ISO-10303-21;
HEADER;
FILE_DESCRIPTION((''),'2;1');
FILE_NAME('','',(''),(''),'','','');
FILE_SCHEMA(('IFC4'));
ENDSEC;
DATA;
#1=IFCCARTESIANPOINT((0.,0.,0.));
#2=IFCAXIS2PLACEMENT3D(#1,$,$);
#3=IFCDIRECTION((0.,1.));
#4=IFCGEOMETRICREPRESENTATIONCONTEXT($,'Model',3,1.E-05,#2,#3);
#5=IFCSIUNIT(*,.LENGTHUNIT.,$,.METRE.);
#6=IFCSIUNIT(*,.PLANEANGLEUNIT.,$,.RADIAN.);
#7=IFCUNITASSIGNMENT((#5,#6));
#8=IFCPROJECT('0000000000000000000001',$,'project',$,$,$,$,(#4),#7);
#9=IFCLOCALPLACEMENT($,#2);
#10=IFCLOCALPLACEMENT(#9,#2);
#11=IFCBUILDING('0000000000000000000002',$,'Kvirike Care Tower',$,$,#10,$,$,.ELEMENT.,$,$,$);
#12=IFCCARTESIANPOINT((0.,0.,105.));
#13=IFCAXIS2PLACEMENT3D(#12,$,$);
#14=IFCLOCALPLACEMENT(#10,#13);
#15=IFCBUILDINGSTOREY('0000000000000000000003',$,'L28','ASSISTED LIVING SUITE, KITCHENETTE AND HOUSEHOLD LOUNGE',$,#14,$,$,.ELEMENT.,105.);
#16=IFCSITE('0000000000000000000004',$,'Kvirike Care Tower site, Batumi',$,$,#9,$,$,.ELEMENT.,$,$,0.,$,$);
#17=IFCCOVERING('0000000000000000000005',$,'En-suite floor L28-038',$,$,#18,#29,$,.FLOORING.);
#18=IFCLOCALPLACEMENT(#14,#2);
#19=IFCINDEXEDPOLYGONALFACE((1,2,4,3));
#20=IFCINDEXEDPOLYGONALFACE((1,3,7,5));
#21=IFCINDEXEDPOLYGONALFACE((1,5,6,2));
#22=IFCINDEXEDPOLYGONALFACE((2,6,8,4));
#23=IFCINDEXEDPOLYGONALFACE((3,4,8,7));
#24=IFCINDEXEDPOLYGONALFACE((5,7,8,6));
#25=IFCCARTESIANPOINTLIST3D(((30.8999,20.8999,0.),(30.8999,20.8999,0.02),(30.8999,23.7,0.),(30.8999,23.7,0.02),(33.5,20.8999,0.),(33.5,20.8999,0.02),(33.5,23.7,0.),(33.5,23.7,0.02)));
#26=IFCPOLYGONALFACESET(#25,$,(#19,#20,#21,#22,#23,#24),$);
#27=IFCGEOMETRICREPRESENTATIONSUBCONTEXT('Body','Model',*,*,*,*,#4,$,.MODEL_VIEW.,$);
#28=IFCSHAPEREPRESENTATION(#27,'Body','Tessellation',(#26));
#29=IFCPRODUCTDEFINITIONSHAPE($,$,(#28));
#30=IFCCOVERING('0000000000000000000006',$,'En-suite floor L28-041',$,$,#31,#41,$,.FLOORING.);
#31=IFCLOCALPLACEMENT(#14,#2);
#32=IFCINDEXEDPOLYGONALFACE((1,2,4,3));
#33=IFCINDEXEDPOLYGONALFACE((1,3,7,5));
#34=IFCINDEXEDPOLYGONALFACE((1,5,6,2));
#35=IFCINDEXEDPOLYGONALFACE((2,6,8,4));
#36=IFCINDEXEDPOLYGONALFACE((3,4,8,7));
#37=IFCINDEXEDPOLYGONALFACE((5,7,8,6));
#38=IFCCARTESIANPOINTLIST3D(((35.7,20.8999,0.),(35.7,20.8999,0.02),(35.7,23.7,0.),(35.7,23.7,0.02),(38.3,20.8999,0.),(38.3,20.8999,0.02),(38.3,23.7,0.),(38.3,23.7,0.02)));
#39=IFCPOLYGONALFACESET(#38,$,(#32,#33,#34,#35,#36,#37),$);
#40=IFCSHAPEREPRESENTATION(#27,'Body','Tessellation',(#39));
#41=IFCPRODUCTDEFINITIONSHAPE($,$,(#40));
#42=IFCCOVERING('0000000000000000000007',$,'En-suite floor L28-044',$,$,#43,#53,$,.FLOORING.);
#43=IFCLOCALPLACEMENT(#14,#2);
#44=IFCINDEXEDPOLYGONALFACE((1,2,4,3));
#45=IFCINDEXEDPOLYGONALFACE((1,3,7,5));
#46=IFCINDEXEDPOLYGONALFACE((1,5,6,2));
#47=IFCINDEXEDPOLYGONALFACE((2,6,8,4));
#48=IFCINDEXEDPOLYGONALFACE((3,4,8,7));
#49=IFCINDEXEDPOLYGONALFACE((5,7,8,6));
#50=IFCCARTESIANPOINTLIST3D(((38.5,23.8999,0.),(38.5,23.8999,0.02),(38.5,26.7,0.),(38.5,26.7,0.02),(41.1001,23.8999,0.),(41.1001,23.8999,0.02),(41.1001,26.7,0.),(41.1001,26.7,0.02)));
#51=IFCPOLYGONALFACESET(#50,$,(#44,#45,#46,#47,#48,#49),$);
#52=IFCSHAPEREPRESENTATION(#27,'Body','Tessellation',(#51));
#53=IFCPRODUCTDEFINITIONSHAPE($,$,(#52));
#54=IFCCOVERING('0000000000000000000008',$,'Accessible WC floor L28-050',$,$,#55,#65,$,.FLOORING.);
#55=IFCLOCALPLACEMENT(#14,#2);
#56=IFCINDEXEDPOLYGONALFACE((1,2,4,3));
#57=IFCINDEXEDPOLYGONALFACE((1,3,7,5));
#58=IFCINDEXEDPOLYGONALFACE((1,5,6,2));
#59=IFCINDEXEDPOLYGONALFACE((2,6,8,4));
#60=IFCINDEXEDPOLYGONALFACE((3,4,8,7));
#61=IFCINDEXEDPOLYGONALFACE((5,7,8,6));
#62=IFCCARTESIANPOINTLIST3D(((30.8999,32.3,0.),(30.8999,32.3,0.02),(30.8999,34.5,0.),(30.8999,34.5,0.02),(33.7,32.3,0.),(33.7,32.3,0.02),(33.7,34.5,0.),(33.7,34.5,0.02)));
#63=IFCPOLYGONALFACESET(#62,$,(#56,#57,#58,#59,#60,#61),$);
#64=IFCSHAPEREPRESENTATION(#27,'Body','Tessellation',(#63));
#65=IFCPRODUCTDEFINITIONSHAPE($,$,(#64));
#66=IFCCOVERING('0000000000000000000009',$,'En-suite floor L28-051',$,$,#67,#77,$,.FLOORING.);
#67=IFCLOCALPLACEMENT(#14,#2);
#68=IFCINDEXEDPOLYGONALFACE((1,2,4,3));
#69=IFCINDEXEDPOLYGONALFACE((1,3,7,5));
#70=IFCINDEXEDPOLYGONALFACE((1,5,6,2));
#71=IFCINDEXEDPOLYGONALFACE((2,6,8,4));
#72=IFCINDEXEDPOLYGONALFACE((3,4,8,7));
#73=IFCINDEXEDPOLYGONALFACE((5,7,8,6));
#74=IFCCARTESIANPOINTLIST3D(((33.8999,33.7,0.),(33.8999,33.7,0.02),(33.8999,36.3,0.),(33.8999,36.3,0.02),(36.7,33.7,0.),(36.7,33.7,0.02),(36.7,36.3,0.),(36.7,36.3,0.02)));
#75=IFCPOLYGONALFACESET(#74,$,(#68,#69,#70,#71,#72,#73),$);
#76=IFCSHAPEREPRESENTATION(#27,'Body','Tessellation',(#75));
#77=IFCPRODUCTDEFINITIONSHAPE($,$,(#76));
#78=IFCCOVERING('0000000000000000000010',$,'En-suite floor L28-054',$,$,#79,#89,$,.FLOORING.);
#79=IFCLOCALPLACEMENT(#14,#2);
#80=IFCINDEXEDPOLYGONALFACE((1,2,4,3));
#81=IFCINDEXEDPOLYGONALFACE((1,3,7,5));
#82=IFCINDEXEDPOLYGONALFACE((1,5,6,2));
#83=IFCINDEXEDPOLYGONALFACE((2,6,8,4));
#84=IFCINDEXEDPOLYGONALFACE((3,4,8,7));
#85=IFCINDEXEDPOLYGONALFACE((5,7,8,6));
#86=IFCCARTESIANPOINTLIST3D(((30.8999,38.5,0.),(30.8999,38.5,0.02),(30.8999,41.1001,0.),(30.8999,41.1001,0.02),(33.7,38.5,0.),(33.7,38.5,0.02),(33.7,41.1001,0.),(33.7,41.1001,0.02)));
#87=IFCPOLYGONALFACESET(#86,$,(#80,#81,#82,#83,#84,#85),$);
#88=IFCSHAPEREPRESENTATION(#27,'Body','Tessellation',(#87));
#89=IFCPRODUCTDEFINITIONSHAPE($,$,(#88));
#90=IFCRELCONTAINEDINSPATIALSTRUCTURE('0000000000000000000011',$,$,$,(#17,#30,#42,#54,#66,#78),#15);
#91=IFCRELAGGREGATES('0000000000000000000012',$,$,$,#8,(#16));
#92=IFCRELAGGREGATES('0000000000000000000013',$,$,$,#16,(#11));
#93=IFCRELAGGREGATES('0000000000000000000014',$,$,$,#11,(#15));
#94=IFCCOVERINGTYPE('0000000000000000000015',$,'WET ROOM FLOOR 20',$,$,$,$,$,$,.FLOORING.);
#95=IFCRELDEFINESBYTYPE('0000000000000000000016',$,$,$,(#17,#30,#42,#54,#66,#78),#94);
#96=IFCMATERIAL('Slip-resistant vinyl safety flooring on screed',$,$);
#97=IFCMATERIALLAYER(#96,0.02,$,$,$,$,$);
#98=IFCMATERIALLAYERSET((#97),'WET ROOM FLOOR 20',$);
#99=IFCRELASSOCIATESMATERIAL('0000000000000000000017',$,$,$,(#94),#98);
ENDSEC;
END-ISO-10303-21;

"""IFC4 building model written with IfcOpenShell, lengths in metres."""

from ifc_helpers import new_model, si_unit, direction, frame, origin, place, context, subcontext, project, spatial, polyline, outline, extrude, material, layer, layer_set, type_object, element, save


model = new_model("IFC4")

# Units and contexts
model_context = context("Model", 3, precision=1e-05, world=origin(), true_north=direction((0.0, 1.0)))
body_context = subcontext(model_context, "Body", "Model", "MODEL_VIEW")
ifc_project = project(units=[si_unit("LENGTHUNIT", "METRE"), si_unit("PLANEANGLEUNIT", "RADIAN")], contexts=[model_context])

# Site, building, storey
site_placement = place(None, origin())
site = spatial("IfcSite", under=ifc_project, at=site_placement, Name="Kvirike Care Tower site, Batumi", CompositionType="ELEMENT", RefElevation=0.0)
building_placement = place(site_placement, origin())
building = spatial("IfcBuilding", under=site, at=building_placement, Name="Kvirike Care Tower", CompositionType="ELEMENT")
storey_placement = place(building_placement, frame((0.0, 0.0, 105.0)))
storey = spatial("IfcBuildingStorey", under=building, at=storey_placement, Name="L28", Description="ASSISTED LIVING SUITE, KITCHENETTE AND HOUSEHOLD LOUNGE", CompositionType="ELEMENT", Elevation=105.0)

# Coverings
ifc_material_1 = material(Name="Slip-resistant vinyl safety flooring on screed")
ifc_layer_1 = layer(ifc_material_1, 0.02)
ifc_layer_set_1 = layer_set([ifc_layer_1], Name="WET ROOM FLOOR 20")
covering_type_1 = type_object("IfcCoveringType", Name="WET ROOM FLOOR 20", PredefinedType="FLOORING", material=ifc_layer_set_1)
covering_1_placement = place(storey_placement, origin())
element("IfcCovering", 1, at=covering_1_placement, inside=storey, type_object=covering_type_1, Name="En-suite floor L28-038", PredefinedType="FLOORING", context=body_context, shape_type="SweptSolid", body=[
    extrude(outline(polyline([(30.8999, 20.8999), (30.8999, 23.7), (33.5, 23.7), (33.5, 20.8999), (30.8999, 20.8999)])), origin(), (0.0, 0.0, 1.0), 0.02),
])
covering_2_placement = place(storey_placement, origin())
element("IfcCovering", 2, at=covering_2_placement, inside=storey, type_object=covering_type_1, Name="En-suite floor L28-041", PredefinedType="FLOORING", context=body_context, shape_type="SweptSolid", body=[
    extrude(outline(polyline([(35.7, 20.8999), (35.7, 23.7), (38.3, 23.7), (38.3, 20.8999), (35.7, 20.8999)])), origin(), (0.0, 0.0, 1.0), 0.02),
])
covering_3_placement = place(storey_placement, origin())
element("IfcCovering", 3, at=covering_3_placement, inside=storey, type_object=covering_type_1, Name="En-suite floor L28-044", PredefinedType="FLOORING", context=body_context, shape_type="SweptSolid", body=[
    extrude(outline(polyline([(38.5, 23.8999), (38.5, 26.7), (41.1001, 26.7), (41.1001, 23.8999), (38.5, 23.8999)])), origin(), (0.0, 0.0, 1.0), 0.02),
])
covering_4_placement = place(storey_placement, origin())
element("IfcCovering", 4, at=covering_4_placement, inside=storey, type_object=covering_type_1, Name="Accessible WC floor L28-050", PredefinedType="FLOORING", context=body_context, shape_type="SweptSolid", body=[
    extrude(outline(polyline([(33.7, 32.3), (30.8999, 32.3), (30.8999, 34.5), (33.7, 34.5), (33.7, 32.3)])), origin(), (0.0, 0.0, 1.0), 0.02),
])
covering_5_placement = place(storey_placement, origin())
element("IfcCovering", 5, at=covering_5_placement, inside=storey, type_object=covering_type_1, Name="En-suite floor L28-051", PredefinedType="FLOORING", context=body_context, shape_type="SweptSolid", body=[
    extrude(outline(polyline([(36.7, 33.7), (33.8999, 33.7), (33.8999, 36.3), (36.7, 36.3), (36.7, 33.7)])), origin(), (0.0, 0.0, 1.0), 0.02),
])
covering_6_placement = place(storey_placement, origin())
element("IfcCovering", 6, at=covering_6_placement, inside=storey, type_object=covering_type_1, Name="En-suite floor L28-054", PredefinedType="FLOORING", context=body_context, shape_type="SweptSolid", body=[
    extrude(outline(polyline([(33.7, 38.5), (30.8999, 38.5), (30.8999, 41.1001), (33.7, 41.1001), (33.7, 38.5)])), origin(), (0.0, 0.0, 1.0), 0.02),
])

save(model, "model.ifc")
